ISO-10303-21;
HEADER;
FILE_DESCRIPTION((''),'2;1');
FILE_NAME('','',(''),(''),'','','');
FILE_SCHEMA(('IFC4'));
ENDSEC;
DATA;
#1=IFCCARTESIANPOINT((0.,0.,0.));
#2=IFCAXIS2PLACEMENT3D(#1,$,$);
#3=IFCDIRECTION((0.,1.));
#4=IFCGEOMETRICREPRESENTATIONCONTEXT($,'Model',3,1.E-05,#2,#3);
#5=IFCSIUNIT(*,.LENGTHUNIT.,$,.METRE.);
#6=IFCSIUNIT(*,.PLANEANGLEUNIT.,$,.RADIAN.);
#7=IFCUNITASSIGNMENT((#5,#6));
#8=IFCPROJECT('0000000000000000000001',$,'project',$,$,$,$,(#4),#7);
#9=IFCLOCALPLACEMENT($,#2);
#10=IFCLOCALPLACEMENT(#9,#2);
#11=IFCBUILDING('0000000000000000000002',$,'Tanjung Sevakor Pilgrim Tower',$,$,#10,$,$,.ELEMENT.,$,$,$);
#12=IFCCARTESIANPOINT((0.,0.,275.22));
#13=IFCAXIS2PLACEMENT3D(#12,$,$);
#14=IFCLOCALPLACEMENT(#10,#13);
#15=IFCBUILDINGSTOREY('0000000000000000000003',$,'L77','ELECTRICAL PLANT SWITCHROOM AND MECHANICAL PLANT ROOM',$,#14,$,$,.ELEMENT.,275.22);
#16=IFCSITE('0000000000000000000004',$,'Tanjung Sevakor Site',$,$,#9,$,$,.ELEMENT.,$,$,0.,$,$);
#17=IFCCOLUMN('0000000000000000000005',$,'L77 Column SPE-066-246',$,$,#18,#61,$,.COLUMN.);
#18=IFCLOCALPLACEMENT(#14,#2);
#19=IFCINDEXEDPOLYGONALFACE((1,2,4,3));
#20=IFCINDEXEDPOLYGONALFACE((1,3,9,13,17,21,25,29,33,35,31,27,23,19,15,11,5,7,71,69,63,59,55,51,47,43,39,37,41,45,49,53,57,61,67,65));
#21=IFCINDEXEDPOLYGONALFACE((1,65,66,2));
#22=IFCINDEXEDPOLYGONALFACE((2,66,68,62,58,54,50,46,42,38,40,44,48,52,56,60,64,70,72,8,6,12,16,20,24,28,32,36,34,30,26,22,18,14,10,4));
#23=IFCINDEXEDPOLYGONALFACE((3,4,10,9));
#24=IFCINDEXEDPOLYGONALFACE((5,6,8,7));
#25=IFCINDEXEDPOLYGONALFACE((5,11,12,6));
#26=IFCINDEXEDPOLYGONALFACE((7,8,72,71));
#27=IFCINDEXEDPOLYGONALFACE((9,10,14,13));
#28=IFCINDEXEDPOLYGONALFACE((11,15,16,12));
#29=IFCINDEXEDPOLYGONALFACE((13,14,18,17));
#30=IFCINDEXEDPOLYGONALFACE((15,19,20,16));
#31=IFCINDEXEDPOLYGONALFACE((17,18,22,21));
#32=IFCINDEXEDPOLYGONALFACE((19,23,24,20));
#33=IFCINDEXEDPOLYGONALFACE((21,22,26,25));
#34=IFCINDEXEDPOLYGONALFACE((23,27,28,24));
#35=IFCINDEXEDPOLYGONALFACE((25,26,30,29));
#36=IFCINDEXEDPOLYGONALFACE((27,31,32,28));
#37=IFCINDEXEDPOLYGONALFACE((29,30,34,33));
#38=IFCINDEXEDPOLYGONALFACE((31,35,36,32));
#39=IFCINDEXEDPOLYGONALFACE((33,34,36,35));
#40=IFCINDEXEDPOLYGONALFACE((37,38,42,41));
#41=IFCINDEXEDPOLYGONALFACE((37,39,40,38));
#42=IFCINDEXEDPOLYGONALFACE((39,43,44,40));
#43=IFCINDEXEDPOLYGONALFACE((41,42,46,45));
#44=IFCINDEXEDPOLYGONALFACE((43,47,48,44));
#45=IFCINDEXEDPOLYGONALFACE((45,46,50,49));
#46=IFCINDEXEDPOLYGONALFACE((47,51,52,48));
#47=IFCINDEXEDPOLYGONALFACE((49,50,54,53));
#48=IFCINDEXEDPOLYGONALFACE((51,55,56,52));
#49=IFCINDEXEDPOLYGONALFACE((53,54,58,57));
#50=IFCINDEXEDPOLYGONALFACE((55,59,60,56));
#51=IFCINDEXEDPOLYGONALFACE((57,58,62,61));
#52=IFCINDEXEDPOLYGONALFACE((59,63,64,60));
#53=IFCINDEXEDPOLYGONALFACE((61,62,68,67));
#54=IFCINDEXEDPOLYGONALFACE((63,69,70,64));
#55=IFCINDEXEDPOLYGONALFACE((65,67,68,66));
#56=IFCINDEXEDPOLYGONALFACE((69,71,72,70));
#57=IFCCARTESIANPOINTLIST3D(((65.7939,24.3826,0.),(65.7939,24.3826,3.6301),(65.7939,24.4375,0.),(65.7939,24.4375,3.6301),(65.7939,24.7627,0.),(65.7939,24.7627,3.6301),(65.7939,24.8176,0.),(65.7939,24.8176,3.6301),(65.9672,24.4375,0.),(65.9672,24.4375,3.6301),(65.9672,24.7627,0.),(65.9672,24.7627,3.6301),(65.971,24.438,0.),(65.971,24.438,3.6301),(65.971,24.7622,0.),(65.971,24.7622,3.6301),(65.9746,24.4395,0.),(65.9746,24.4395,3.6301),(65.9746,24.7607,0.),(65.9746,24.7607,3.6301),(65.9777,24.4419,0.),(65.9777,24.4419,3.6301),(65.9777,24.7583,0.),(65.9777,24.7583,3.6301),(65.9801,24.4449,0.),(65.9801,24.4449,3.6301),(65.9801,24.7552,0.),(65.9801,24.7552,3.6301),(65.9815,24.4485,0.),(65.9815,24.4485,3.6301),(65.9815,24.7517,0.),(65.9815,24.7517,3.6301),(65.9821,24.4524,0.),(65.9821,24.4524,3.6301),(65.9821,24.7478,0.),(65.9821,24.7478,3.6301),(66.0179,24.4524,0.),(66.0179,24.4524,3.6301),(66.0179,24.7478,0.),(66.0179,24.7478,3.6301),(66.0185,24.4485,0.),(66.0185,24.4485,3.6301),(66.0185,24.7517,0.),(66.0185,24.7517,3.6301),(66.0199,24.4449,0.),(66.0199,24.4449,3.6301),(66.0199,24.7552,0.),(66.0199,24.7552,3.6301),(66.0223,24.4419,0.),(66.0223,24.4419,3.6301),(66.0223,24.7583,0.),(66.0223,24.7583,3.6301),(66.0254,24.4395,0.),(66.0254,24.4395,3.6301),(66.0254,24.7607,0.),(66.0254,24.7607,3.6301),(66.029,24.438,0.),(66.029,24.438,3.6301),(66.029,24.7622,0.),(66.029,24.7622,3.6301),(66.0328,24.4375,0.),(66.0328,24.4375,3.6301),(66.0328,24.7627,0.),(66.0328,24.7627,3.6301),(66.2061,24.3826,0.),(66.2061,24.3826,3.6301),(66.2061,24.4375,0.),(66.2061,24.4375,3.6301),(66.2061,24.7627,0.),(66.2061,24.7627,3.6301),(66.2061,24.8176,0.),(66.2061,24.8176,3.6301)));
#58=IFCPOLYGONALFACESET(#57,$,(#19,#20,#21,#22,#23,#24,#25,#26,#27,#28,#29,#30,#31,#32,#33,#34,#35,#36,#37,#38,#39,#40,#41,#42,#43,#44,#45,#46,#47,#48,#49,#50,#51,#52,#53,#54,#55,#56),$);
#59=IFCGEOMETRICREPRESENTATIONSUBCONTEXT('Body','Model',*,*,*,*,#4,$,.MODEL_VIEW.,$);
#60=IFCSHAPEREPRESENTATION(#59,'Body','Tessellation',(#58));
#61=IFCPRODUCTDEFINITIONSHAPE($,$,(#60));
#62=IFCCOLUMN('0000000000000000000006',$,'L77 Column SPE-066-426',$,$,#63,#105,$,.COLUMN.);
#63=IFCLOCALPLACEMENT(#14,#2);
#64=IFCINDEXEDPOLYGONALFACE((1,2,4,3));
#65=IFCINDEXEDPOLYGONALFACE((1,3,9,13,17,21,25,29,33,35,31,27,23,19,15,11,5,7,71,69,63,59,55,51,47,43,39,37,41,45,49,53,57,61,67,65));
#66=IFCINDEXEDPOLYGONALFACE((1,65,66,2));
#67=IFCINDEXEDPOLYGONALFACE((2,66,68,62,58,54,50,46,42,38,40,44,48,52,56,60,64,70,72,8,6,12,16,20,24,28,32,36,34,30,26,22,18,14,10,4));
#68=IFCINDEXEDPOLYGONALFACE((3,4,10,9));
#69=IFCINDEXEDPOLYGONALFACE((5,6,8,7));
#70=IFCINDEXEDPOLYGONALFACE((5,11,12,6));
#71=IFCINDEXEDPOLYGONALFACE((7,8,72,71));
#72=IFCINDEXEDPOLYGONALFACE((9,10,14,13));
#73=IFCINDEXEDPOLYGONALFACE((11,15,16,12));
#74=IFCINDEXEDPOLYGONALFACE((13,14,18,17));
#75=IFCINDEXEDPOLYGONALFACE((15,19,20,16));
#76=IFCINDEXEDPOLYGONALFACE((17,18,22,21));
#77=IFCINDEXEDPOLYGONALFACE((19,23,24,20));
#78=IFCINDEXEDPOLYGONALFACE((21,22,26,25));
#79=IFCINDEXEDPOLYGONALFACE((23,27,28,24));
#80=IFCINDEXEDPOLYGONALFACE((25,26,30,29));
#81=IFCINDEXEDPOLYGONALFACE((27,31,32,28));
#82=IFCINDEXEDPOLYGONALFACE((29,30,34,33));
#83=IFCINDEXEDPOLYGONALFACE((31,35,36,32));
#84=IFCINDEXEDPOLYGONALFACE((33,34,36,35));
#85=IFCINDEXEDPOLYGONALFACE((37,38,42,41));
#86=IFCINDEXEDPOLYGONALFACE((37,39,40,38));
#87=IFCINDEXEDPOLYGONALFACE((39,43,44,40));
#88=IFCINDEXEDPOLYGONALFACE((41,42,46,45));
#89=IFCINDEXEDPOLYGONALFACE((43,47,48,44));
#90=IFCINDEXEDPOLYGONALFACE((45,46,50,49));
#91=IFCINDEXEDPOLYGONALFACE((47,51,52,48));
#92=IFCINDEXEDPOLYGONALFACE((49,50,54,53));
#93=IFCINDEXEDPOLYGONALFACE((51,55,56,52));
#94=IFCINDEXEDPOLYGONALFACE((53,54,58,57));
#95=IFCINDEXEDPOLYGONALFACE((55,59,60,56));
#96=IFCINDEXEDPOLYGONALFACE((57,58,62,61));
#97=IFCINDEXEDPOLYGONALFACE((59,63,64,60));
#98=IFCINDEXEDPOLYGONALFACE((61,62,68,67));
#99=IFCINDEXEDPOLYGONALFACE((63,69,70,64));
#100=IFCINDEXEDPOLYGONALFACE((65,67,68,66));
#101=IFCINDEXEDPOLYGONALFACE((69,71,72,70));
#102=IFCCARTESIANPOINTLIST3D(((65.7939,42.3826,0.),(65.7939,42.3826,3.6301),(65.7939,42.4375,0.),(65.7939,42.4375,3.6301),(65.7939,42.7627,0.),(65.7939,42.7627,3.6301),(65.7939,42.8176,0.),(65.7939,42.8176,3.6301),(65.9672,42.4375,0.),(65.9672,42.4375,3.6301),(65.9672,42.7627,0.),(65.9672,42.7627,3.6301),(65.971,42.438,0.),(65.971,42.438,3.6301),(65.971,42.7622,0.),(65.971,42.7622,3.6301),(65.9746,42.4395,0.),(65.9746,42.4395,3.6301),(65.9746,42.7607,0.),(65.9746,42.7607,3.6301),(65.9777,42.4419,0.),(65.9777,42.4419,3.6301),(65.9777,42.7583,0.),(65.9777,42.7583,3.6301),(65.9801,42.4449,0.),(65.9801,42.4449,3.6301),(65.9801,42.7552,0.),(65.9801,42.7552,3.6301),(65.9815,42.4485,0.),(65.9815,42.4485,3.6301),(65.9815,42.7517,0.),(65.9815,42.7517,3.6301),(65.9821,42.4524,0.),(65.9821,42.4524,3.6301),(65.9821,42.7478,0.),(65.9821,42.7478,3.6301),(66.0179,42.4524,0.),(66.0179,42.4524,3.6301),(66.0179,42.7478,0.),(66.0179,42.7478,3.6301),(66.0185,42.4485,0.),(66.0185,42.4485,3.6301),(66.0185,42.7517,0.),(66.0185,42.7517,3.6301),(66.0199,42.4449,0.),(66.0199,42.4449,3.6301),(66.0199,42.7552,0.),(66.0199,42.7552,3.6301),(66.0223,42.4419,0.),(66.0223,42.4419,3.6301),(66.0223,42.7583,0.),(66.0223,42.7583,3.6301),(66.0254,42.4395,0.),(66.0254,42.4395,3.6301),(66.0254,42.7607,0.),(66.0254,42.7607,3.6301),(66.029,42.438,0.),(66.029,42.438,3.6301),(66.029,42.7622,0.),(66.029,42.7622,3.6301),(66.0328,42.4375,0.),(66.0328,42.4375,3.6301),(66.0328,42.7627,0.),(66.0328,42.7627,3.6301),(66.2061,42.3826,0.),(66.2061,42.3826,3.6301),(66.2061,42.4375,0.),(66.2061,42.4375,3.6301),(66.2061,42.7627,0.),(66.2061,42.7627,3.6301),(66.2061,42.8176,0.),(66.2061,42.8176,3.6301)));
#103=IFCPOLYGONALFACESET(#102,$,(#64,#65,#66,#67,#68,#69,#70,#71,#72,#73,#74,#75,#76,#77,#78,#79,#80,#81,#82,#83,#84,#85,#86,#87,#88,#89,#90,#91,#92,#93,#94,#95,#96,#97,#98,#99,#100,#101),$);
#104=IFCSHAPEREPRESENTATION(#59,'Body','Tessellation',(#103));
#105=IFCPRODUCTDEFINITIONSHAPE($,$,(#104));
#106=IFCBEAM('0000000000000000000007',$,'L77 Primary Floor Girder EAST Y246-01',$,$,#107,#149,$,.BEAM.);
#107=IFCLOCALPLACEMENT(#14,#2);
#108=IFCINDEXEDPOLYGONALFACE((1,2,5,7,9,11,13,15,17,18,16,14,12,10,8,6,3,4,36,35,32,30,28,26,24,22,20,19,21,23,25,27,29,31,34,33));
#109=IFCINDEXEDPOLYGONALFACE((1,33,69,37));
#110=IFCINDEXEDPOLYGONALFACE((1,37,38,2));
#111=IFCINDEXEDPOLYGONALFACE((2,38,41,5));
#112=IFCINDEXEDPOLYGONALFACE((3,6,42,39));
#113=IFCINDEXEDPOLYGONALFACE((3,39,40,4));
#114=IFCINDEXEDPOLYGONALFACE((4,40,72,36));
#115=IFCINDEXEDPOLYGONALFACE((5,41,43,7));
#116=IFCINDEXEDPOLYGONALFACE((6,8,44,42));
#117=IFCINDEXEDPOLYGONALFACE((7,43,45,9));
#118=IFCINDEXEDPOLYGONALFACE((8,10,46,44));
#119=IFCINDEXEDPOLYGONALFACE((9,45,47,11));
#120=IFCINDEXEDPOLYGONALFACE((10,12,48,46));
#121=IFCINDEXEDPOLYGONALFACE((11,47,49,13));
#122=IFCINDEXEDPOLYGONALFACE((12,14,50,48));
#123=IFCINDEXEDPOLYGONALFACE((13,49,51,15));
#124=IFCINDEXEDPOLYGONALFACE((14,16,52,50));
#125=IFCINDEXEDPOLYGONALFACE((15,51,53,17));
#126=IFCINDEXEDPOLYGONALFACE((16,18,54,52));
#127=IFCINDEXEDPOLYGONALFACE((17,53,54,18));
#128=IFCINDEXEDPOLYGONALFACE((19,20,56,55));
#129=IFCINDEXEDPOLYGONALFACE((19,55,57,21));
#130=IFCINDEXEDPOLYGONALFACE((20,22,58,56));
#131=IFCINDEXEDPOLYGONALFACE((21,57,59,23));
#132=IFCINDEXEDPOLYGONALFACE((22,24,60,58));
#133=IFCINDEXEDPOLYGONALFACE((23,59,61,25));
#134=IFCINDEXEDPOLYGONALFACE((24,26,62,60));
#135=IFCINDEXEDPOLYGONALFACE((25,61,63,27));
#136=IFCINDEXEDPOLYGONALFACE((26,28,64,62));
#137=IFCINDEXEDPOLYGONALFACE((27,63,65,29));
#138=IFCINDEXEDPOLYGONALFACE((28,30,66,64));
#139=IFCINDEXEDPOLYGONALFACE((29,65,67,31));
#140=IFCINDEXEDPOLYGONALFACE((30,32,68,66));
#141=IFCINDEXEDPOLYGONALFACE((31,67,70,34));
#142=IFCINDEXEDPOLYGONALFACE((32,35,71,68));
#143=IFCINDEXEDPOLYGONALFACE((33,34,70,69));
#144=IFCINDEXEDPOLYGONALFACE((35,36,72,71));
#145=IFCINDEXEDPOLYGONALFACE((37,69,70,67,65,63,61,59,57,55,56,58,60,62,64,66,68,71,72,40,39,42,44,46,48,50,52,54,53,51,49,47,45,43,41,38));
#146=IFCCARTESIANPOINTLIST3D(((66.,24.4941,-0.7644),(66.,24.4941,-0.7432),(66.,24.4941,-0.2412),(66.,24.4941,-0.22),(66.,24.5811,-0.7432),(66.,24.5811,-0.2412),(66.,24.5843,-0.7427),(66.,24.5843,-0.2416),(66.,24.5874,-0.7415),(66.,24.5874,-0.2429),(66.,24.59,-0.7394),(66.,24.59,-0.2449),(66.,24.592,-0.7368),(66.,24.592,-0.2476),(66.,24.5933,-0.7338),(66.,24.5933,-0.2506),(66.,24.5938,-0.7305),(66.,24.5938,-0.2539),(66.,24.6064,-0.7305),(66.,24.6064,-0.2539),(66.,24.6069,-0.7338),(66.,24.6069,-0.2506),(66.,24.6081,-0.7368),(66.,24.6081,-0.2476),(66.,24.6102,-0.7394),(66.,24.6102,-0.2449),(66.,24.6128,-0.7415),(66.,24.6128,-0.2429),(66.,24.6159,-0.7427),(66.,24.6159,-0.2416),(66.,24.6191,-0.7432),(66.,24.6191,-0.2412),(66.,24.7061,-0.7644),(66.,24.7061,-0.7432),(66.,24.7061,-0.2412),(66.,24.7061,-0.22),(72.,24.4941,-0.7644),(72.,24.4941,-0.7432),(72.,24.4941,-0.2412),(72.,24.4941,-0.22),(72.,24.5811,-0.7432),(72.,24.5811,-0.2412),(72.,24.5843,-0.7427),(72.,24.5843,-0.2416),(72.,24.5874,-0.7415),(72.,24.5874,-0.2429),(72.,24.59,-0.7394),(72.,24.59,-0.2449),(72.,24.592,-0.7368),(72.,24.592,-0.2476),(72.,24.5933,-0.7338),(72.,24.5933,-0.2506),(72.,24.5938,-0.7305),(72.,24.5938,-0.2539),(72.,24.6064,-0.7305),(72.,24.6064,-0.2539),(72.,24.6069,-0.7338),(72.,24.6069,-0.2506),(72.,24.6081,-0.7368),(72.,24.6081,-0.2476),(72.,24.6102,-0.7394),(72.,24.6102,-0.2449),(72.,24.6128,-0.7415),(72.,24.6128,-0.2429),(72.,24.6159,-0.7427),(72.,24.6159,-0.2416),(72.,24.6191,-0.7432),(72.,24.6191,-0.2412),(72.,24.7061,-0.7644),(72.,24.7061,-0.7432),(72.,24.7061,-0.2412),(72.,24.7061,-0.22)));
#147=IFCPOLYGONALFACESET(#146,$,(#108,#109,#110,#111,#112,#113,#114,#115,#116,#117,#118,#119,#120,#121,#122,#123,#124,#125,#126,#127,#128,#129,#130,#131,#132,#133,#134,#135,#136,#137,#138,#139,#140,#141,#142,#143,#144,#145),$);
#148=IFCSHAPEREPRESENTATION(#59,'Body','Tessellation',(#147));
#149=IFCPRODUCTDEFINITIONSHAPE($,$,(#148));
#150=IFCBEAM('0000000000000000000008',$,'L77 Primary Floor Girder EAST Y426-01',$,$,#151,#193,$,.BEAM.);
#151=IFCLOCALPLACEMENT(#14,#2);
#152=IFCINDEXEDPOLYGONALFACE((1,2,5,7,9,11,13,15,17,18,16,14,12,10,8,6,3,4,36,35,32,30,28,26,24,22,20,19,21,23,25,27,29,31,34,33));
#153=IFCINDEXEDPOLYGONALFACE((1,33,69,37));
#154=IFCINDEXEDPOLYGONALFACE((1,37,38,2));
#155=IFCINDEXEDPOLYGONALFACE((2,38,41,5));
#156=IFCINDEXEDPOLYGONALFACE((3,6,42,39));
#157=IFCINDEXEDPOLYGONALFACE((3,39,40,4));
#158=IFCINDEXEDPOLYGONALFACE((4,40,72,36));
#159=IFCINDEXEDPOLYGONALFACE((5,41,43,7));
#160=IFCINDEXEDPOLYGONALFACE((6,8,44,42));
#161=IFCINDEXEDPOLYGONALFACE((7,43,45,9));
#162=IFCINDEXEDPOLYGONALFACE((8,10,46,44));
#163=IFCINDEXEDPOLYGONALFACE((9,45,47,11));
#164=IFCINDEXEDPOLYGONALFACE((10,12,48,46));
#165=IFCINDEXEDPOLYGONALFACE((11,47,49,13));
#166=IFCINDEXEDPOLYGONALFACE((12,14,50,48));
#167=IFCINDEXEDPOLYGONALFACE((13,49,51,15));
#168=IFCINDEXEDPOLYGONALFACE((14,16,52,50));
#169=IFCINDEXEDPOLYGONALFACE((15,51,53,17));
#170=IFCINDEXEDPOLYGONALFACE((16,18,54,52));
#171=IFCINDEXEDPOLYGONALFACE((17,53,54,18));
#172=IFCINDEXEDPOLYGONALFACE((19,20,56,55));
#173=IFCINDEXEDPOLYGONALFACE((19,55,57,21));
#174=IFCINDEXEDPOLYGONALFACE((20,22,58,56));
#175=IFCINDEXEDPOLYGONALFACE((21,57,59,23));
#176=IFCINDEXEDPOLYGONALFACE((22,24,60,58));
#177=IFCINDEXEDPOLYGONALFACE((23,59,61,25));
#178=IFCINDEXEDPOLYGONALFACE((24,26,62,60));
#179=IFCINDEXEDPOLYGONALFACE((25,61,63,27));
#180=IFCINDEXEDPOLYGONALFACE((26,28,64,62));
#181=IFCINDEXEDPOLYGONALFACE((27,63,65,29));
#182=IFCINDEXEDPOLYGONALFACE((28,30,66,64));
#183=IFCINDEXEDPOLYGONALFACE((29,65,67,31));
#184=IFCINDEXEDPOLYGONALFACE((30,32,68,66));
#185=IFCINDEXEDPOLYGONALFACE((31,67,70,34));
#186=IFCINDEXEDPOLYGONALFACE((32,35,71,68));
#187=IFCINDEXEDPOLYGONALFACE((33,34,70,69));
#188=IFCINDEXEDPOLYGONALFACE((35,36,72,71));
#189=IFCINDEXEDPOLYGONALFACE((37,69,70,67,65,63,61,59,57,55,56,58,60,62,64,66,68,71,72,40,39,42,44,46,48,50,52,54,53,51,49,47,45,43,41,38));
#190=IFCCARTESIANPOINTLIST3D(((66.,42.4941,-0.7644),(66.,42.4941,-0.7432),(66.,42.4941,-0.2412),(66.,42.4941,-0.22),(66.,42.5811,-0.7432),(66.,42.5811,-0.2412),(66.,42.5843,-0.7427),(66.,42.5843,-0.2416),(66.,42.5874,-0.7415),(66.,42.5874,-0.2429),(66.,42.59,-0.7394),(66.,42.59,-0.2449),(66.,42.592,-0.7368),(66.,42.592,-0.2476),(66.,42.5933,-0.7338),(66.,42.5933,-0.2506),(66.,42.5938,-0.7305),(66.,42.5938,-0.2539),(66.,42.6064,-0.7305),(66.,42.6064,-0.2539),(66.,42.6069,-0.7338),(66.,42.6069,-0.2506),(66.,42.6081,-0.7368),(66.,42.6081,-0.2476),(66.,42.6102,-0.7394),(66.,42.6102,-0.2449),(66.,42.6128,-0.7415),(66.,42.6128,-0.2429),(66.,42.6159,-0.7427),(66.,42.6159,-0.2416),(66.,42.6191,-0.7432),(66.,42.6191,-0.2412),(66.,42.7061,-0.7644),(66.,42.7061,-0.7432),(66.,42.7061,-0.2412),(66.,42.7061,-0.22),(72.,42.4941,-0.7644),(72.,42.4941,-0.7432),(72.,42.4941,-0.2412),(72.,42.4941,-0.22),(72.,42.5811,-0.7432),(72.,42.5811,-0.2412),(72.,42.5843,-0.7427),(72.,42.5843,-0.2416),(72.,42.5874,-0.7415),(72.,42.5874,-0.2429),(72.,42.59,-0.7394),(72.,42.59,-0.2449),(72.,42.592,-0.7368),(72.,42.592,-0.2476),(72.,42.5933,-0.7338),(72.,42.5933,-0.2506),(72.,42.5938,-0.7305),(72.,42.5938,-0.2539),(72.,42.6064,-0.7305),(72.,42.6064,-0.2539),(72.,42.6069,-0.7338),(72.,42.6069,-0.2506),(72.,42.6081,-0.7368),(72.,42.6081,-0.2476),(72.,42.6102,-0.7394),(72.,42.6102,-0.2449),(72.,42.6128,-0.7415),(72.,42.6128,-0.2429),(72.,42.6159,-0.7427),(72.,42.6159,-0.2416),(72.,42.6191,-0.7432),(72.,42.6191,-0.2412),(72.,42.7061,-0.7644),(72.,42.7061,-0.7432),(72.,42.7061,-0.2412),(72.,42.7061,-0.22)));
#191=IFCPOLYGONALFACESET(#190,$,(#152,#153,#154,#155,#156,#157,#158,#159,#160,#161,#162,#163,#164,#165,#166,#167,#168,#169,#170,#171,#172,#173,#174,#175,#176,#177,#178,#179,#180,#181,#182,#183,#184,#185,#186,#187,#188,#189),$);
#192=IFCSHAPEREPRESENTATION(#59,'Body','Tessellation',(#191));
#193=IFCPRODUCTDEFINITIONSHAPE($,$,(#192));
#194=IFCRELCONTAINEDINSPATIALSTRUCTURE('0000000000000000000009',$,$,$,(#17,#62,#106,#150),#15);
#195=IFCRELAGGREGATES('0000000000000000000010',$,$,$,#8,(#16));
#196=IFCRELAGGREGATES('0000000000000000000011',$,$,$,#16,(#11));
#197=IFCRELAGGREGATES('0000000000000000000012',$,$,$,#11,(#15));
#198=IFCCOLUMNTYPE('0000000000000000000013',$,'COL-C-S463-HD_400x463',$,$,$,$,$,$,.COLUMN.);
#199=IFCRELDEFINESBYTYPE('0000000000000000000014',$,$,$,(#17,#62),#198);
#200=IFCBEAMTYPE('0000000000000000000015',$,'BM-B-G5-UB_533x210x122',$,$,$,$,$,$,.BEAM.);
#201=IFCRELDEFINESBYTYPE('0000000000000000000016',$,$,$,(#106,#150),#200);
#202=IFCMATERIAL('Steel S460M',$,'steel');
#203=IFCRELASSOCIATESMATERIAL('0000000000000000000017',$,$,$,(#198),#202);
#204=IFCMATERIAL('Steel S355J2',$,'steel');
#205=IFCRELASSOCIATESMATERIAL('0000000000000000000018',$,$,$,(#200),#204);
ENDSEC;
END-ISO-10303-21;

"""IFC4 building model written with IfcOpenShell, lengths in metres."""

from ifc_helpers import new_model, si_unit, direction, frame, origin, origin_2d, place, context, subcontext, project, spatial, i_section, extrude, material, material_profile, profile_set, type_object, element, save


model = new_model("IFC4")

# Units and contexts
model_context = context("Model", 3, precision=1e-05, world=origin(), true_north=direction((0.0, 1.0)))
body_context = subcontext(model_context, "Body", "Model", "MODEL_VIEW")
ifc_project = project(units=[si_unit("LENGTHUNIT", "METRE"), si_unit("PLANEANGLEUNIT", "RADIAN")], contexts=[model_context])

# Site, building, storey
site_placement = place(None, origin())
site = spatial("IfcSite", under=ifc_project, at=site_placement, Name="Tanjung Sevakor Site", CompositionType="ELEMENT", RefElevation=0.0)
building_placement = place(site_placement, origin())
building = spatial("IfcBuilding", under=site, at=building_placement, Name="Tanjung Sevakor Pilgrim Tower", CompositionType="ELEMENT")
storey_placement = place(building_placement, frame((0.0, 0.0, 275.22)))
storey = spatial("IfcBuildingStorey", under=building, at=storey_placement, Name="L77", Description="ELECTRICAL PLANT SWITCHROOM AND MECHANICAL PLANT ROOM", CompositionType="ELEMENT", Elevation=275.22)

# Columns
ifc_material_1 = material(Name="Steel S460M", Category="steel")
ifc_material_profile_1 = material_profile(ifc_material_1, i_section(OverallWidth=0.4121, OverallDepth=0.4351, WebThickness=0.0359, FlangeThickness=0.0549, FilletRadius=0.0149, at=origin_2d()))
ifc_profile_set_1 = profile_set([ifc_material_profile_1], Name="Steel S460M")
column_type = type_object("IfcColumnType", Name="COL-C-S463-HD_400x463", PredefinedType="COLUMN", material=ifc_profile_set_1)
for number, where, z_axis, x_axis, name in (
    (1, (66.0, 24.6001, 0.0), (0.0, 0.0, 1.0), (1.0, 0.0, 0.0), "L77 Column SPE-066-246"),
    (2, (66.0, 42.6001, 0.0), (0.0, 0.0, 1.0), (1.0, 0.0, 0.0), "L77 Column SPE-066-426"),
):
    element("IfcColumn", number, at=place(storey_placement, frame(where, z_axis=z_axis, x_axis=x_axis)), inside=storey, type_object=column_type, Name=name, PredefinedType="COLUMN", context=body_context, shape_type="SweptSolid", body=[
        extrude(i_section(OverallWidth=0.4121, OverallDepth=0.4351, WebThickness=0.0359, FlangeThickness=0.0549, FilletRadius=0.0149, at=origin_2d()), origin(), (0.0, 0.0, 1.0), 3.6301),
    ])

# Beams
ifc_material_2 = material(Name="Steel S355J2", Category="steel")
ifc_material_profile_2 = material_profile(ifc_material_2, i_section(OverallWidth=0.2119, OverallDepth=0.5444, WebThickness=0.0127, FlangeThickness=0.0212, FilletRadius=0.0127, at=origin_2d()))
ifc_profile_set_2 = profile_set([ifc_material_profile_2], Name="Steel S355J2")
beam_type_1 = type_object("IfcBeamType", Name="BM-B-G5-UB_533x210x122", PredefinedType="BEAM", material=ifc_profile_set_2)
for number, where, z_axis, x_axis, name in (
    (3, (66.0, 24.6001, -0.4922), (1.0, 0.0, 0.0), (0.0, 1.0, 0.0), "L77 Primary Floor Girder EAST Y246-01"),
    (4, (66.0, 42.6001, -0.4922), (1.0, 0.0, 0.0), (0.0, 1.0, 0.0), "L77 Primary Floor Girder EAST Y426-01"),
):
    element("IfcBeam", number, at=place(storey_placement, frame(where, z_axis=z_axis, x_axis=x_axis)), inside=storey, type_object=beam_type_1, Name=name, PredefinedType="BEAM", context=body_context, shape_type="SweptSolid", body=[
        extrude(i_section(OverallWidth=0.2119, OverallDepth=0.5444, WebThickness=0.0127, FlangeThickness=0.0212, FilletRadius=0.0127, at=origin_2d()), origin(), (0.0, 0.0, 1.0), 6.0),
    ])

save(model, "model.ifc")
